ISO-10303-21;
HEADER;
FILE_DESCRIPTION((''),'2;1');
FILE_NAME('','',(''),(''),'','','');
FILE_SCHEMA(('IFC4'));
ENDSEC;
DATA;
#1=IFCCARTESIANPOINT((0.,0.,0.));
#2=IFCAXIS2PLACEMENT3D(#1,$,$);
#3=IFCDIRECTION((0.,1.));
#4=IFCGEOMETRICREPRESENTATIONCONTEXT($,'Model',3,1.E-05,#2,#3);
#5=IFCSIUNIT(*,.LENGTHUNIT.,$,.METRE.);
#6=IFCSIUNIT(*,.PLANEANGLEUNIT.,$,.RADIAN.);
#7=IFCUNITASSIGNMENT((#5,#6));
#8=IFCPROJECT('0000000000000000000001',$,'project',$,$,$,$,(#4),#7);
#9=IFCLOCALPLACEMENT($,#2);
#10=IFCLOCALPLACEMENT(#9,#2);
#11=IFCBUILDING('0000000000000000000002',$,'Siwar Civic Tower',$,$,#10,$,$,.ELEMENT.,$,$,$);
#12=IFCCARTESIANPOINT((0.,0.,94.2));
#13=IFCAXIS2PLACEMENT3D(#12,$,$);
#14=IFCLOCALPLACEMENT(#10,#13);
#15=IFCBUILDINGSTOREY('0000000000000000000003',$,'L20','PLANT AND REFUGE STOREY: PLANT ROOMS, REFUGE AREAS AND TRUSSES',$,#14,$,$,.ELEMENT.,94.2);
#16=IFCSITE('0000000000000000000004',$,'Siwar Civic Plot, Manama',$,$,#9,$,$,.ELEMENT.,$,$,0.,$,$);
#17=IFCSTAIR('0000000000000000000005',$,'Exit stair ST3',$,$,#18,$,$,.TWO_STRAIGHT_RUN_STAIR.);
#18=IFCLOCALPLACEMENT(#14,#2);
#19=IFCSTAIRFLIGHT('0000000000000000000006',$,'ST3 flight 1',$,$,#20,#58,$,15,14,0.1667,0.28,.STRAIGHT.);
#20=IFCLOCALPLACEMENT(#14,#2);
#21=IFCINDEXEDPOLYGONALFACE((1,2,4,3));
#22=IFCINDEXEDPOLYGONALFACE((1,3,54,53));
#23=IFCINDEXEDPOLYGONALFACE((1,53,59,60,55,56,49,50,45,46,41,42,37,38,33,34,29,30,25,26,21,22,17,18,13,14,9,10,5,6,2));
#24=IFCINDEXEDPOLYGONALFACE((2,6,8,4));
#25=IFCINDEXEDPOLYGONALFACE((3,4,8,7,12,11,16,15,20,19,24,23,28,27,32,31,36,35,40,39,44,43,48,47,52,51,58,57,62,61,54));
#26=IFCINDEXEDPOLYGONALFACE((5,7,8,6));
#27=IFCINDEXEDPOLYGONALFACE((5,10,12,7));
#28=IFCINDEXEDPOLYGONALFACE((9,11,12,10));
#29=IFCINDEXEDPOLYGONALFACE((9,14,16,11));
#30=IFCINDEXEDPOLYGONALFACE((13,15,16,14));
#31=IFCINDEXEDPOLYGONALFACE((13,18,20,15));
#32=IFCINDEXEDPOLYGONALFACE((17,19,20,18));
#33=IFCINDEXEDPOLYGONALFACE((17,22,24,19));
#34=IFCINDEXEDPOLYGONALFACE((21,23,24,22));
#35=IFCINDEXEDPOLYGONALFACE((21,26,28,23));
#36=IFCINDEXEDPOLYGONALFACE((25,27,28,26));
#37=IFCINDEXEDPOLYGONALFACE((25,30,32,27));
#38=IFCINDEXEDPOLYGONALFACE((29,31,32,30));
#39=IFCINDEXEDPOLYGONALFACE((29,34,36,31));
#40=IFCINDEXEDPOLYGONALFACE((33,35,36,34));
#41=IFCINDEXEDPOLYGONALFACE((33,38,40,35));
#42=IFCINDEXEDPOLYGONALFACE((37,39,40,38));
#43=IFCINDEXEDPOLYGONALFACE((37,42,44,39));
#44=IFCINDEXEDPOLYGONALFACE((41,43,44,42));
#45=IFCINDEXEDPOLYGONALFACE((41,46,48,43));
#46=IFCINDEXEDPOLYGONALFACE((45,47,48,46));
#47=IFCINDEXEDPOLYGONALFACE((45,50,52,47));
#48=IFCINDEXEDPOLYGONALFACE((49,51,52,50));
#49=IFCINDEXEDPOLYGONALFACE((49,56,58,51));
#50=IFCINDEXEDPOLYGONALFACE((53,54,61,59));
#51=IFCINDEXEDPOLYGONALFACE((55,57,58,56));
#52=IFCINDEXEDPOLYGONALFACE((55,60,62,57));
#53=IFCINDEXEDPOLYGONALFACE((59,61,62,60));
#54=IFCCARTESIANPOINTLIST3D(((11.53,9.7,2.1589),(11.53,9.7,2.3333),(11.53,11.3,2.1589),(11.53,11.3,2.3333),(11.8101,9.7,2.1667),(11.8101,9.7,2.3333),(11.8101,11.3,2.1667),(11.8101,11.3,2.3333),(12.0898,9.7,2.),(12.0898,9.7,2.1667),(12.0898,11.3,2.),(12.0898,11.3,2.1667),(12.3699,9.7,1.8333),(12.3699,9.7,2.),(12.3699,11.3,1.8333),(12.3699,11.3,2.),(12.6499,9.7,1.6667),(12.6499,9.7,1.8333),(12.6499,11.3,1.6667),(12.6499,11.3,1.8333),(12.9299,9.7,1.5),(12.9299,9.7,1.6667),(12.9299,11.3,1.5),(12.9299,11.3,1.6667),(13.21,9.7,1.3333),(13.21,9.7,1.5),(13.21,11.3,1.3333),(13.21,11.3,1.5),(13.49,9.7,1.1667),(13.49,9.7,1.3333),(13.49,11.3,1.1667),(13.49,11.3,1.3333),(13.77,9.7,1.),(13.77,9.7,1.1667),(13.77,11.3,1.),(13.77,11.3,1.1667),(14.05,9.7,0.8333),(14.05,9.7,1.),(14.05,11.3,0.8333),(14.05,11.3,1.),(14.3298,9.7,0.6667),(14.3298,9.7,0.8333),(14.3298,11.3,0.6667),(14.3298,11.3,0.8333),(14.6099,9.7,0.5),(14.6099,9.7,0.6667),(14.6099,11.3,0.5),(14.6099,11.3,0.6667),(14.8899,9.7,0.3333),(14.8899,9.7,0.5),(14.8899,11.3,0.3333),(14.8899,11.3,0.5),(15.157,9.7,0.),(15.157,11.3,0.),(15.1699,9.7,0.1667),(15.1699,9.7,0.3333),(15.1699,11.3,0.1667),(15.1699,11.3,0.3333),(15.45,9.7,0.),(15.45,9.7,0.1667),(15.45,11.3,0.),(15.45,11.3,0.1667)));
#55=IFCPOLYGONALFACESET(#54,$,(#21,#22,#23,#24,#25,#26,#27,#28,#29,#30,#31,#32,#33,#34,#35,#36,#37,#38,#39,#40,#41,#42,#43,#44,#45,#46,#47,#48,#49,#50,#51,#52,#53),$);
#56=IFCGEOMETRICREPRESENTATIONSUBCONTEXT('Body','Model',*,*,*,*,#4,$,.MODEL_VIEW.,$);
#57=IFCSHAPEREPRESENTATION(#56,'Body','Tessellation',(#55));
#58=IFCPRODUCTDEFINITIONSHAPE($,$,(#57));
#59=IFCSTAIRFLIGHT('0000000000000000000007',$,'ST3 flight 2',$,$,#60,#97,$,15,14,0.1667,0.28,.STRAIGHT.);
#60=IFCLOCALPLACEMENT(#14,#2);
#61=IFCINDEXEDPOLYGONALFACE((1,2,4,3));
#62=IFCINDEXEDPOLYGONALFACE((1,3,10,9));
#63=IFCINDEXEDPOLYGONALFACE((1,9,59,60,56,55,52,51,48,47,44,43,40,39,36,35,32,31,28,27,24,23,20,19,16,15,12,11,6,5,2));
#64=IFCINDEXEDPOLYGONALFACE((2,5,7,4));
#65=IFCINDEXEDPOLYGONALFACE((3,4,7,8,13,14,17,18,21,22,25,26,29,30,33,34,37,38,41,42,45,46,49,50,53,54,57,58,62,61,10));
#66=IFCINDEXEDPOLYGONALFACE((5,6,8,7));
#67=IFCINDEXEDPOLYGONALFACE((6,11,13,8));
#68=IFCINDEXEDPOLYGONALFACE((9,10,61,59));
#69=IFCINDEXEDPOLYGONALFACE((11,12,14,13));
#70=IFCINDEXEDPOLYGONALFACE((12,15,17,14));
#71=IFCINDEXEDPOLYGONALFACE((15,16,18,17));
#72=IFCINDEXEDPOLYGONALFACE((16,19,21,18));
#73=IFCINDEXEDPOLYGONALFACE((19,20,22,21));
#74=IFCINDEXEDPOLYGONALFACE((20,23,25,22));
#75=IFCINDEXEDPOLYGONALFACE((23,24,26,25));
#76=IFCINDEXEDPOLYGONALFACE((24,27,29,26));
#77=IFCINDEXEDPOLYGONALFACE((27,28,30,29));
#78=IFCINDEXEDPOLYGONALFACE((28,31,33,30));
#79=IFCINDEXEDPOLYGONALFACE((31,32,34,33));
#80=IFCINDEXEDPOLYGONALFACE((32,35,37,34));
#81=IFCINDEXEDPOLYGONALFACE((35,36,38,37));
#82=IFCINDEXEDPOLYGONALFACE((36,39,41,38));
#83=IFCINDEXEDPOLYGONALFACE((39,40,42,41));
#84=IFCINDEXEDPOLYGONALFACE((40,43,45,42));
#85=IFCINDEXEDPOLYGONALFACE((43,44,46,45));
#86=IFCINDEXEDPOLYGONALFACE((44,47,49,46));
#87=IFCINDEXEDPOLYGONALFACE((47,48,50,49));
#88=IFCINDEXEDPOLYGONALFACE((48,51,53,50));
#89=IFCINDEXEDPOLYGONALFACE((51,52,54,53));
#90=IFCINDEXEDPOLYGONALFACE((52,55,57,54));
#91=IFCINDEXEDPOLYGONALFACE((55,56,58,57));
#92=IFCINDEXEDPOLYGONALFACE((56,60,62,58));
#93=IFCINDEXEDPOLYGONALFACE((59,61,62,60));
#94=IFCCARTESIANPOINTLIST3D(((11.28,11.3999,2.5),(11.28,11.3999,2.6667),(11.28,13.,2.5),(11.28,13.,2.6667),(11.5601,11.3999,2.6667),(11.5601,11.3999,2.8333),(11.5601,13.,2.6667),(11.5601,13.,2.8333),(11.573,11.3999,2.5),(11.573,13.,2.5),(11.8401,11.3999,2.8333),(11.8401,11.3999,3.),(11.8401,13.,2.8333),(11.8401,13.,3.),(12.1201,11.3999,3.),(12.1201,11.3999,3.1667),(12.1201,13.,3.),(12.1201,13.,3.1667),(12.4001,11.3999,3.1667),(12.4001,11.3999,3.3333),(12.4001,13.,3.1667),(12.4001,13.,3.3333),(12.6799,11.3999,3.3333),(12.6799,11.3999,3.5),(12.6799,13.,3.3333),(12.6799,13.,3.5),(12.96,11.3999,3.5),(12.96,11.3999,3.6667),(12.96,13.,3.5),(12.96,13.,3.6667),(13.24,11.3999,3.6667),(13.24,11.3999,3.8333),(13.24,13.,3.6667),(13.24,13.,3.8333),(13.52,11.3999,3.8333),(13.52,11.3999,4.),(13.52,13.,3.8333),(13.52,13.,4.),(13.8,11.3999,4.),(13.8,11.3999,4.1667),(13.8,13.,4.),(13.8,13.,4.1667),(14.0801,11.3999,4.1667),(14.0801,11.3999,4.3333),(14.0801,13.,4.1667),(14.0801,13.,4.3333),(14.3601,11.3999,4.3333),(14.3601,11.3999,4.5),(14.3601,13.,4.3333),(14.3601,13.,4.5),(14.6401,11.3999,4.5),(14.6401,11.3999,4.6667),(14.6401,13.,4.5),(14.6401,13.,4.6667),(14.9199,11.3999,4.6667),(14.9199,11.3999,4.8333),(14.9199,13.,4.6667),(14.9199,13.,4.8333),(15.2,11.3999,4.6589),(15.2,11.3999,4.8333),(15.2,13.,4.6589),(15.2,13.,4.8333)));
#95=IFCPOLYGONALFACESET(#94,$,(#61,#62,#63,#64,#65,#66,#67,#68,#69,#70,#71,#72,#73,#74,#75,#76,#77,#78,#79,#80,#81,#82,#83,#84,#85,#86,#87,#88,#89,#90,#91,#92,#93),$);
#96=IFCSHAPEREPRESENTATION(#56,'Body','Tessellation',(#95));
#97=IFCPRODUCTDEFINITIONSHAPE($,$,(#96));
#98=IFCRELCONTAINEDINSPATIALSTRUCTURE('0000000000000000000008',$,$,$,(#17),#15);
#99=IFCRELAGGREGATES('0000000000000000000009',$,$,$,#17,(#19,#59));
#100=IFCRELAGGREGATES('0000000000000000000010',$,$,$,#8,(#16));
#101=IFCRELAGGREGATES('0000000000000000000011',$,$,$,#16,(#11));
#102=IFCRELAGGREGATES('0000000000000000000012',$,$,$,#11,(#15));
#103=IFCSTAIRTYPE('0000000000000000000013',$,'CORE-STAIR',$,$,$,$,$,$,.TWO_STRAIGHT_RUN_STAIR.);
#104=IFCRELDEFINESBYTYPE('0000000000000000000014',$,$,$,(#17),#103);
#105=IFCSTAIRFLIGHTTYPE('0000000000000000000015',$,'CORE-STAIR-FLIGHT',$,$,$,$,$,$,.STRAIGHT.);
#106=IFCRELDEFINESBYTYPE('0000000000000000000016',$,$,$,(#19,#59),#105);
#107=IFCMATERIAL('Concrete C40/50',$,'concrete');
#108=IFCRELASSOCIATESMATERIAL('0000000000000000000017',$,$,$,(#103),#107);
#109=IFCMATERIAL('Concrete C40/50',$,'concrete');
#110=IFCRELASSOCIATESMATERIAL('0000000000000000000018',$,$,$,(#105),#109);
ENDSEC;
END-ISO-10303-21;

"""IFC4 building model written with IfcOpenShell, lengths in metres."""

from ifc_helpers import new_model, si_unit, direction, frame, origin, place, context, subcontext, project, spatial, polyline, outline, extrude, material, type_object, element, aggregate, save


model = new_model("IFC4")

# Units and contexts
model_context = context("Model", 3, precision=1e-05, world=origin(), true_north=direction((0.0, 1.0)))
body_context = subcontext(model_context, "Body", "Model", "MODEL_VIEW")
ifc_project = project(units=[si_unit("LENGTHUNIT", "METRE"), si_unit("PLANEANGLEUNIT", "RADIAN")], contexts=[model_context])

# Site, building, storey
site_placement = place(None, origin())
site = spatial("IfcSite", under=ifc_project, at=site_placement, Name="Siwar Civic Plot, Manama", CompositionType="ELEMENT", RefElevation=0.0)
building_placement = place(site_placement, origin())
building = spatial("IfcBuilding", under=site, at=building_placement, Name="Siwar Civic Tower", CompositionType="ELEMENT")
storey_placement = place(building_placement, frame((0.0, 0.0, 94.2)))
storey = spatial("IfcBuildingStorey", under=building, at=storey_placement, Name="L20", Description="PLANT AND REFUGE STOREY: PLANT ROOMS, REFUGE AREAS AND TRUSSES", CompositionType="ELEMENT", Elevation=94.2)

# Stair, stair flights
ifc_material_1 = material(Name="Concrete C40/50", Category="concrete")
stair_type = type_object("IfcStairType", Name="CORE-STAIR", PredefinedType="TWO_STRAIGHT_RUN_STAIR", material=ifc_material_1)
stair_placement = place(storey_placement, origin())
stair = element("IfcStair", 1, at=stair_placement, inside=storey, type_object=stair_type, Name="Exit stair ST3", PredefinedType="TWO_STRAIGHT_RUN_STAIR")
ifc_material_2 = material(Name="Concrete C40/50", Category="concrete")
stair_flight_type = type_object("IfcStairFlightType", Name="CORE-STAIR-FLIGHT", PredefinedType="STRAIGHT", material=ifc_material_2)
stair_flight_1_placement = place(storey_placement, frame((15.45, 10.5, 0.0), z_axis=(0.0, 0.0, 1.0), x_axis=(-1.0, 0.0, 0.0)))
stair_flight_1 = element("IfcStairFlight", 2, at=stair_flight_1_placement, type_object=stair_flight_type, Name="ST3 flight 1", NumberOfRisers=15, NumberOfTreads=14, PredefinedType="STRAIGHT", RiserHeight=0.1667, TreadLength=0.28, context=body_context, shape_type="SweptSolid", body=[
    extrude(outline(polyline([(0.0, 0.0), (0.0, 0.1667), (0.28, 0.1667), (0.28, 0.3333), (0.5601, 0.3333), (0.5601, 0.5), (0.8401, 0.5), (0.8401, 0.6667), (1.1201, 0.6667), (1.1201, 0.8333), (1.3999, 0.8333), (1.3999, 1.0), (1.6799, 1.0), (1.6799, 1.1667), (1.96, 1.1667), (1.96, 1.3333), (2.24, 1.3333), (2.24, 1.5), (2.52, 1.5), (2.52, 1.6667), (2.8, 1.6667), (2.8, 1.8333), (3.0801, 1.8333), (3.0801, 2.0), (3.3601, 2.0), (3.3601, 2.1667), (3.6399, 2.1667), (3.6399, 2.3333), (3.9199, 2.3333), (3.9199, 2.5), (3.9199, 2.1589), (0.293, 0.0), (0.0, 0.0)])), frame((0.0, 0.8, 0.0), z_axis=(0.0, -1.0, 0.0), x_axis=(1.0, 0.0, 0.0)), (0.0, 0.0, 1.0), 1.6001),
])
stair_flight_2_placement = place(storey_placement, frame((11.28, 12.2, 2.5), z_axis=(0.0, 0.0, 1.0), x_axis=(1.0, 0.0, 0.0)))
stair_flight_2 = element("IfcStairFlight", 3, at=stair_flight_2_placement, type_object=stair_flight_type, Name="ST3 flight 2", NumberOfRisers=15, NumberOfTreads=14, PredefinedType="STRAIGHT", RiserHeight=0.1667, TreadLength=0.28, context=body_context, shape_type="SweptSolid", body=[
    extrude(outline(polyline([(0.0, 0.0), (0.0, 0.1667), (0.28, 0.1667), (0.28, 0.3333), (0.5601, 0.3333), (0.5601, 0.5), (0.8401, 0.5), (0.8401, 0.6667), (1.1201, 0.6667), (1.1201, 0.8333), (1.3999, 0.8333), (1.3999, 1.0), (1.6799, 1.0), (1.6799, 1.1667), (1.96, 1.1667), (1.96, 1.3333), (2.24, 1.3333), (2.24, 1.5), (2.52, 1.5), (2.52, 1.6667), (2.8, 1.6667), (2.8, 1.8333), (3.0801, 1.8333), (3.0801, 2.0), (3.3601, 2.0), (3.3601, 2.1667), (3.6399, 2.1667), (3.6399, 2.3333), (3.9199, 2.3333), (3.9199, 2.5), (3.9199, 2.1589), (0.293, 0.0), (0.0, 0.0)])), frame((0.0, 0.8, 0.0), z_axis=(0.0, -1.0, 0.0), x_axis=(1.0, 0.0, 0.0)), (0.0, 0.0, 1.0), 1.6001),
])
aggregate(stair, [stair_flight_1, stair_flight_2])

save(model, "model.ifc")
